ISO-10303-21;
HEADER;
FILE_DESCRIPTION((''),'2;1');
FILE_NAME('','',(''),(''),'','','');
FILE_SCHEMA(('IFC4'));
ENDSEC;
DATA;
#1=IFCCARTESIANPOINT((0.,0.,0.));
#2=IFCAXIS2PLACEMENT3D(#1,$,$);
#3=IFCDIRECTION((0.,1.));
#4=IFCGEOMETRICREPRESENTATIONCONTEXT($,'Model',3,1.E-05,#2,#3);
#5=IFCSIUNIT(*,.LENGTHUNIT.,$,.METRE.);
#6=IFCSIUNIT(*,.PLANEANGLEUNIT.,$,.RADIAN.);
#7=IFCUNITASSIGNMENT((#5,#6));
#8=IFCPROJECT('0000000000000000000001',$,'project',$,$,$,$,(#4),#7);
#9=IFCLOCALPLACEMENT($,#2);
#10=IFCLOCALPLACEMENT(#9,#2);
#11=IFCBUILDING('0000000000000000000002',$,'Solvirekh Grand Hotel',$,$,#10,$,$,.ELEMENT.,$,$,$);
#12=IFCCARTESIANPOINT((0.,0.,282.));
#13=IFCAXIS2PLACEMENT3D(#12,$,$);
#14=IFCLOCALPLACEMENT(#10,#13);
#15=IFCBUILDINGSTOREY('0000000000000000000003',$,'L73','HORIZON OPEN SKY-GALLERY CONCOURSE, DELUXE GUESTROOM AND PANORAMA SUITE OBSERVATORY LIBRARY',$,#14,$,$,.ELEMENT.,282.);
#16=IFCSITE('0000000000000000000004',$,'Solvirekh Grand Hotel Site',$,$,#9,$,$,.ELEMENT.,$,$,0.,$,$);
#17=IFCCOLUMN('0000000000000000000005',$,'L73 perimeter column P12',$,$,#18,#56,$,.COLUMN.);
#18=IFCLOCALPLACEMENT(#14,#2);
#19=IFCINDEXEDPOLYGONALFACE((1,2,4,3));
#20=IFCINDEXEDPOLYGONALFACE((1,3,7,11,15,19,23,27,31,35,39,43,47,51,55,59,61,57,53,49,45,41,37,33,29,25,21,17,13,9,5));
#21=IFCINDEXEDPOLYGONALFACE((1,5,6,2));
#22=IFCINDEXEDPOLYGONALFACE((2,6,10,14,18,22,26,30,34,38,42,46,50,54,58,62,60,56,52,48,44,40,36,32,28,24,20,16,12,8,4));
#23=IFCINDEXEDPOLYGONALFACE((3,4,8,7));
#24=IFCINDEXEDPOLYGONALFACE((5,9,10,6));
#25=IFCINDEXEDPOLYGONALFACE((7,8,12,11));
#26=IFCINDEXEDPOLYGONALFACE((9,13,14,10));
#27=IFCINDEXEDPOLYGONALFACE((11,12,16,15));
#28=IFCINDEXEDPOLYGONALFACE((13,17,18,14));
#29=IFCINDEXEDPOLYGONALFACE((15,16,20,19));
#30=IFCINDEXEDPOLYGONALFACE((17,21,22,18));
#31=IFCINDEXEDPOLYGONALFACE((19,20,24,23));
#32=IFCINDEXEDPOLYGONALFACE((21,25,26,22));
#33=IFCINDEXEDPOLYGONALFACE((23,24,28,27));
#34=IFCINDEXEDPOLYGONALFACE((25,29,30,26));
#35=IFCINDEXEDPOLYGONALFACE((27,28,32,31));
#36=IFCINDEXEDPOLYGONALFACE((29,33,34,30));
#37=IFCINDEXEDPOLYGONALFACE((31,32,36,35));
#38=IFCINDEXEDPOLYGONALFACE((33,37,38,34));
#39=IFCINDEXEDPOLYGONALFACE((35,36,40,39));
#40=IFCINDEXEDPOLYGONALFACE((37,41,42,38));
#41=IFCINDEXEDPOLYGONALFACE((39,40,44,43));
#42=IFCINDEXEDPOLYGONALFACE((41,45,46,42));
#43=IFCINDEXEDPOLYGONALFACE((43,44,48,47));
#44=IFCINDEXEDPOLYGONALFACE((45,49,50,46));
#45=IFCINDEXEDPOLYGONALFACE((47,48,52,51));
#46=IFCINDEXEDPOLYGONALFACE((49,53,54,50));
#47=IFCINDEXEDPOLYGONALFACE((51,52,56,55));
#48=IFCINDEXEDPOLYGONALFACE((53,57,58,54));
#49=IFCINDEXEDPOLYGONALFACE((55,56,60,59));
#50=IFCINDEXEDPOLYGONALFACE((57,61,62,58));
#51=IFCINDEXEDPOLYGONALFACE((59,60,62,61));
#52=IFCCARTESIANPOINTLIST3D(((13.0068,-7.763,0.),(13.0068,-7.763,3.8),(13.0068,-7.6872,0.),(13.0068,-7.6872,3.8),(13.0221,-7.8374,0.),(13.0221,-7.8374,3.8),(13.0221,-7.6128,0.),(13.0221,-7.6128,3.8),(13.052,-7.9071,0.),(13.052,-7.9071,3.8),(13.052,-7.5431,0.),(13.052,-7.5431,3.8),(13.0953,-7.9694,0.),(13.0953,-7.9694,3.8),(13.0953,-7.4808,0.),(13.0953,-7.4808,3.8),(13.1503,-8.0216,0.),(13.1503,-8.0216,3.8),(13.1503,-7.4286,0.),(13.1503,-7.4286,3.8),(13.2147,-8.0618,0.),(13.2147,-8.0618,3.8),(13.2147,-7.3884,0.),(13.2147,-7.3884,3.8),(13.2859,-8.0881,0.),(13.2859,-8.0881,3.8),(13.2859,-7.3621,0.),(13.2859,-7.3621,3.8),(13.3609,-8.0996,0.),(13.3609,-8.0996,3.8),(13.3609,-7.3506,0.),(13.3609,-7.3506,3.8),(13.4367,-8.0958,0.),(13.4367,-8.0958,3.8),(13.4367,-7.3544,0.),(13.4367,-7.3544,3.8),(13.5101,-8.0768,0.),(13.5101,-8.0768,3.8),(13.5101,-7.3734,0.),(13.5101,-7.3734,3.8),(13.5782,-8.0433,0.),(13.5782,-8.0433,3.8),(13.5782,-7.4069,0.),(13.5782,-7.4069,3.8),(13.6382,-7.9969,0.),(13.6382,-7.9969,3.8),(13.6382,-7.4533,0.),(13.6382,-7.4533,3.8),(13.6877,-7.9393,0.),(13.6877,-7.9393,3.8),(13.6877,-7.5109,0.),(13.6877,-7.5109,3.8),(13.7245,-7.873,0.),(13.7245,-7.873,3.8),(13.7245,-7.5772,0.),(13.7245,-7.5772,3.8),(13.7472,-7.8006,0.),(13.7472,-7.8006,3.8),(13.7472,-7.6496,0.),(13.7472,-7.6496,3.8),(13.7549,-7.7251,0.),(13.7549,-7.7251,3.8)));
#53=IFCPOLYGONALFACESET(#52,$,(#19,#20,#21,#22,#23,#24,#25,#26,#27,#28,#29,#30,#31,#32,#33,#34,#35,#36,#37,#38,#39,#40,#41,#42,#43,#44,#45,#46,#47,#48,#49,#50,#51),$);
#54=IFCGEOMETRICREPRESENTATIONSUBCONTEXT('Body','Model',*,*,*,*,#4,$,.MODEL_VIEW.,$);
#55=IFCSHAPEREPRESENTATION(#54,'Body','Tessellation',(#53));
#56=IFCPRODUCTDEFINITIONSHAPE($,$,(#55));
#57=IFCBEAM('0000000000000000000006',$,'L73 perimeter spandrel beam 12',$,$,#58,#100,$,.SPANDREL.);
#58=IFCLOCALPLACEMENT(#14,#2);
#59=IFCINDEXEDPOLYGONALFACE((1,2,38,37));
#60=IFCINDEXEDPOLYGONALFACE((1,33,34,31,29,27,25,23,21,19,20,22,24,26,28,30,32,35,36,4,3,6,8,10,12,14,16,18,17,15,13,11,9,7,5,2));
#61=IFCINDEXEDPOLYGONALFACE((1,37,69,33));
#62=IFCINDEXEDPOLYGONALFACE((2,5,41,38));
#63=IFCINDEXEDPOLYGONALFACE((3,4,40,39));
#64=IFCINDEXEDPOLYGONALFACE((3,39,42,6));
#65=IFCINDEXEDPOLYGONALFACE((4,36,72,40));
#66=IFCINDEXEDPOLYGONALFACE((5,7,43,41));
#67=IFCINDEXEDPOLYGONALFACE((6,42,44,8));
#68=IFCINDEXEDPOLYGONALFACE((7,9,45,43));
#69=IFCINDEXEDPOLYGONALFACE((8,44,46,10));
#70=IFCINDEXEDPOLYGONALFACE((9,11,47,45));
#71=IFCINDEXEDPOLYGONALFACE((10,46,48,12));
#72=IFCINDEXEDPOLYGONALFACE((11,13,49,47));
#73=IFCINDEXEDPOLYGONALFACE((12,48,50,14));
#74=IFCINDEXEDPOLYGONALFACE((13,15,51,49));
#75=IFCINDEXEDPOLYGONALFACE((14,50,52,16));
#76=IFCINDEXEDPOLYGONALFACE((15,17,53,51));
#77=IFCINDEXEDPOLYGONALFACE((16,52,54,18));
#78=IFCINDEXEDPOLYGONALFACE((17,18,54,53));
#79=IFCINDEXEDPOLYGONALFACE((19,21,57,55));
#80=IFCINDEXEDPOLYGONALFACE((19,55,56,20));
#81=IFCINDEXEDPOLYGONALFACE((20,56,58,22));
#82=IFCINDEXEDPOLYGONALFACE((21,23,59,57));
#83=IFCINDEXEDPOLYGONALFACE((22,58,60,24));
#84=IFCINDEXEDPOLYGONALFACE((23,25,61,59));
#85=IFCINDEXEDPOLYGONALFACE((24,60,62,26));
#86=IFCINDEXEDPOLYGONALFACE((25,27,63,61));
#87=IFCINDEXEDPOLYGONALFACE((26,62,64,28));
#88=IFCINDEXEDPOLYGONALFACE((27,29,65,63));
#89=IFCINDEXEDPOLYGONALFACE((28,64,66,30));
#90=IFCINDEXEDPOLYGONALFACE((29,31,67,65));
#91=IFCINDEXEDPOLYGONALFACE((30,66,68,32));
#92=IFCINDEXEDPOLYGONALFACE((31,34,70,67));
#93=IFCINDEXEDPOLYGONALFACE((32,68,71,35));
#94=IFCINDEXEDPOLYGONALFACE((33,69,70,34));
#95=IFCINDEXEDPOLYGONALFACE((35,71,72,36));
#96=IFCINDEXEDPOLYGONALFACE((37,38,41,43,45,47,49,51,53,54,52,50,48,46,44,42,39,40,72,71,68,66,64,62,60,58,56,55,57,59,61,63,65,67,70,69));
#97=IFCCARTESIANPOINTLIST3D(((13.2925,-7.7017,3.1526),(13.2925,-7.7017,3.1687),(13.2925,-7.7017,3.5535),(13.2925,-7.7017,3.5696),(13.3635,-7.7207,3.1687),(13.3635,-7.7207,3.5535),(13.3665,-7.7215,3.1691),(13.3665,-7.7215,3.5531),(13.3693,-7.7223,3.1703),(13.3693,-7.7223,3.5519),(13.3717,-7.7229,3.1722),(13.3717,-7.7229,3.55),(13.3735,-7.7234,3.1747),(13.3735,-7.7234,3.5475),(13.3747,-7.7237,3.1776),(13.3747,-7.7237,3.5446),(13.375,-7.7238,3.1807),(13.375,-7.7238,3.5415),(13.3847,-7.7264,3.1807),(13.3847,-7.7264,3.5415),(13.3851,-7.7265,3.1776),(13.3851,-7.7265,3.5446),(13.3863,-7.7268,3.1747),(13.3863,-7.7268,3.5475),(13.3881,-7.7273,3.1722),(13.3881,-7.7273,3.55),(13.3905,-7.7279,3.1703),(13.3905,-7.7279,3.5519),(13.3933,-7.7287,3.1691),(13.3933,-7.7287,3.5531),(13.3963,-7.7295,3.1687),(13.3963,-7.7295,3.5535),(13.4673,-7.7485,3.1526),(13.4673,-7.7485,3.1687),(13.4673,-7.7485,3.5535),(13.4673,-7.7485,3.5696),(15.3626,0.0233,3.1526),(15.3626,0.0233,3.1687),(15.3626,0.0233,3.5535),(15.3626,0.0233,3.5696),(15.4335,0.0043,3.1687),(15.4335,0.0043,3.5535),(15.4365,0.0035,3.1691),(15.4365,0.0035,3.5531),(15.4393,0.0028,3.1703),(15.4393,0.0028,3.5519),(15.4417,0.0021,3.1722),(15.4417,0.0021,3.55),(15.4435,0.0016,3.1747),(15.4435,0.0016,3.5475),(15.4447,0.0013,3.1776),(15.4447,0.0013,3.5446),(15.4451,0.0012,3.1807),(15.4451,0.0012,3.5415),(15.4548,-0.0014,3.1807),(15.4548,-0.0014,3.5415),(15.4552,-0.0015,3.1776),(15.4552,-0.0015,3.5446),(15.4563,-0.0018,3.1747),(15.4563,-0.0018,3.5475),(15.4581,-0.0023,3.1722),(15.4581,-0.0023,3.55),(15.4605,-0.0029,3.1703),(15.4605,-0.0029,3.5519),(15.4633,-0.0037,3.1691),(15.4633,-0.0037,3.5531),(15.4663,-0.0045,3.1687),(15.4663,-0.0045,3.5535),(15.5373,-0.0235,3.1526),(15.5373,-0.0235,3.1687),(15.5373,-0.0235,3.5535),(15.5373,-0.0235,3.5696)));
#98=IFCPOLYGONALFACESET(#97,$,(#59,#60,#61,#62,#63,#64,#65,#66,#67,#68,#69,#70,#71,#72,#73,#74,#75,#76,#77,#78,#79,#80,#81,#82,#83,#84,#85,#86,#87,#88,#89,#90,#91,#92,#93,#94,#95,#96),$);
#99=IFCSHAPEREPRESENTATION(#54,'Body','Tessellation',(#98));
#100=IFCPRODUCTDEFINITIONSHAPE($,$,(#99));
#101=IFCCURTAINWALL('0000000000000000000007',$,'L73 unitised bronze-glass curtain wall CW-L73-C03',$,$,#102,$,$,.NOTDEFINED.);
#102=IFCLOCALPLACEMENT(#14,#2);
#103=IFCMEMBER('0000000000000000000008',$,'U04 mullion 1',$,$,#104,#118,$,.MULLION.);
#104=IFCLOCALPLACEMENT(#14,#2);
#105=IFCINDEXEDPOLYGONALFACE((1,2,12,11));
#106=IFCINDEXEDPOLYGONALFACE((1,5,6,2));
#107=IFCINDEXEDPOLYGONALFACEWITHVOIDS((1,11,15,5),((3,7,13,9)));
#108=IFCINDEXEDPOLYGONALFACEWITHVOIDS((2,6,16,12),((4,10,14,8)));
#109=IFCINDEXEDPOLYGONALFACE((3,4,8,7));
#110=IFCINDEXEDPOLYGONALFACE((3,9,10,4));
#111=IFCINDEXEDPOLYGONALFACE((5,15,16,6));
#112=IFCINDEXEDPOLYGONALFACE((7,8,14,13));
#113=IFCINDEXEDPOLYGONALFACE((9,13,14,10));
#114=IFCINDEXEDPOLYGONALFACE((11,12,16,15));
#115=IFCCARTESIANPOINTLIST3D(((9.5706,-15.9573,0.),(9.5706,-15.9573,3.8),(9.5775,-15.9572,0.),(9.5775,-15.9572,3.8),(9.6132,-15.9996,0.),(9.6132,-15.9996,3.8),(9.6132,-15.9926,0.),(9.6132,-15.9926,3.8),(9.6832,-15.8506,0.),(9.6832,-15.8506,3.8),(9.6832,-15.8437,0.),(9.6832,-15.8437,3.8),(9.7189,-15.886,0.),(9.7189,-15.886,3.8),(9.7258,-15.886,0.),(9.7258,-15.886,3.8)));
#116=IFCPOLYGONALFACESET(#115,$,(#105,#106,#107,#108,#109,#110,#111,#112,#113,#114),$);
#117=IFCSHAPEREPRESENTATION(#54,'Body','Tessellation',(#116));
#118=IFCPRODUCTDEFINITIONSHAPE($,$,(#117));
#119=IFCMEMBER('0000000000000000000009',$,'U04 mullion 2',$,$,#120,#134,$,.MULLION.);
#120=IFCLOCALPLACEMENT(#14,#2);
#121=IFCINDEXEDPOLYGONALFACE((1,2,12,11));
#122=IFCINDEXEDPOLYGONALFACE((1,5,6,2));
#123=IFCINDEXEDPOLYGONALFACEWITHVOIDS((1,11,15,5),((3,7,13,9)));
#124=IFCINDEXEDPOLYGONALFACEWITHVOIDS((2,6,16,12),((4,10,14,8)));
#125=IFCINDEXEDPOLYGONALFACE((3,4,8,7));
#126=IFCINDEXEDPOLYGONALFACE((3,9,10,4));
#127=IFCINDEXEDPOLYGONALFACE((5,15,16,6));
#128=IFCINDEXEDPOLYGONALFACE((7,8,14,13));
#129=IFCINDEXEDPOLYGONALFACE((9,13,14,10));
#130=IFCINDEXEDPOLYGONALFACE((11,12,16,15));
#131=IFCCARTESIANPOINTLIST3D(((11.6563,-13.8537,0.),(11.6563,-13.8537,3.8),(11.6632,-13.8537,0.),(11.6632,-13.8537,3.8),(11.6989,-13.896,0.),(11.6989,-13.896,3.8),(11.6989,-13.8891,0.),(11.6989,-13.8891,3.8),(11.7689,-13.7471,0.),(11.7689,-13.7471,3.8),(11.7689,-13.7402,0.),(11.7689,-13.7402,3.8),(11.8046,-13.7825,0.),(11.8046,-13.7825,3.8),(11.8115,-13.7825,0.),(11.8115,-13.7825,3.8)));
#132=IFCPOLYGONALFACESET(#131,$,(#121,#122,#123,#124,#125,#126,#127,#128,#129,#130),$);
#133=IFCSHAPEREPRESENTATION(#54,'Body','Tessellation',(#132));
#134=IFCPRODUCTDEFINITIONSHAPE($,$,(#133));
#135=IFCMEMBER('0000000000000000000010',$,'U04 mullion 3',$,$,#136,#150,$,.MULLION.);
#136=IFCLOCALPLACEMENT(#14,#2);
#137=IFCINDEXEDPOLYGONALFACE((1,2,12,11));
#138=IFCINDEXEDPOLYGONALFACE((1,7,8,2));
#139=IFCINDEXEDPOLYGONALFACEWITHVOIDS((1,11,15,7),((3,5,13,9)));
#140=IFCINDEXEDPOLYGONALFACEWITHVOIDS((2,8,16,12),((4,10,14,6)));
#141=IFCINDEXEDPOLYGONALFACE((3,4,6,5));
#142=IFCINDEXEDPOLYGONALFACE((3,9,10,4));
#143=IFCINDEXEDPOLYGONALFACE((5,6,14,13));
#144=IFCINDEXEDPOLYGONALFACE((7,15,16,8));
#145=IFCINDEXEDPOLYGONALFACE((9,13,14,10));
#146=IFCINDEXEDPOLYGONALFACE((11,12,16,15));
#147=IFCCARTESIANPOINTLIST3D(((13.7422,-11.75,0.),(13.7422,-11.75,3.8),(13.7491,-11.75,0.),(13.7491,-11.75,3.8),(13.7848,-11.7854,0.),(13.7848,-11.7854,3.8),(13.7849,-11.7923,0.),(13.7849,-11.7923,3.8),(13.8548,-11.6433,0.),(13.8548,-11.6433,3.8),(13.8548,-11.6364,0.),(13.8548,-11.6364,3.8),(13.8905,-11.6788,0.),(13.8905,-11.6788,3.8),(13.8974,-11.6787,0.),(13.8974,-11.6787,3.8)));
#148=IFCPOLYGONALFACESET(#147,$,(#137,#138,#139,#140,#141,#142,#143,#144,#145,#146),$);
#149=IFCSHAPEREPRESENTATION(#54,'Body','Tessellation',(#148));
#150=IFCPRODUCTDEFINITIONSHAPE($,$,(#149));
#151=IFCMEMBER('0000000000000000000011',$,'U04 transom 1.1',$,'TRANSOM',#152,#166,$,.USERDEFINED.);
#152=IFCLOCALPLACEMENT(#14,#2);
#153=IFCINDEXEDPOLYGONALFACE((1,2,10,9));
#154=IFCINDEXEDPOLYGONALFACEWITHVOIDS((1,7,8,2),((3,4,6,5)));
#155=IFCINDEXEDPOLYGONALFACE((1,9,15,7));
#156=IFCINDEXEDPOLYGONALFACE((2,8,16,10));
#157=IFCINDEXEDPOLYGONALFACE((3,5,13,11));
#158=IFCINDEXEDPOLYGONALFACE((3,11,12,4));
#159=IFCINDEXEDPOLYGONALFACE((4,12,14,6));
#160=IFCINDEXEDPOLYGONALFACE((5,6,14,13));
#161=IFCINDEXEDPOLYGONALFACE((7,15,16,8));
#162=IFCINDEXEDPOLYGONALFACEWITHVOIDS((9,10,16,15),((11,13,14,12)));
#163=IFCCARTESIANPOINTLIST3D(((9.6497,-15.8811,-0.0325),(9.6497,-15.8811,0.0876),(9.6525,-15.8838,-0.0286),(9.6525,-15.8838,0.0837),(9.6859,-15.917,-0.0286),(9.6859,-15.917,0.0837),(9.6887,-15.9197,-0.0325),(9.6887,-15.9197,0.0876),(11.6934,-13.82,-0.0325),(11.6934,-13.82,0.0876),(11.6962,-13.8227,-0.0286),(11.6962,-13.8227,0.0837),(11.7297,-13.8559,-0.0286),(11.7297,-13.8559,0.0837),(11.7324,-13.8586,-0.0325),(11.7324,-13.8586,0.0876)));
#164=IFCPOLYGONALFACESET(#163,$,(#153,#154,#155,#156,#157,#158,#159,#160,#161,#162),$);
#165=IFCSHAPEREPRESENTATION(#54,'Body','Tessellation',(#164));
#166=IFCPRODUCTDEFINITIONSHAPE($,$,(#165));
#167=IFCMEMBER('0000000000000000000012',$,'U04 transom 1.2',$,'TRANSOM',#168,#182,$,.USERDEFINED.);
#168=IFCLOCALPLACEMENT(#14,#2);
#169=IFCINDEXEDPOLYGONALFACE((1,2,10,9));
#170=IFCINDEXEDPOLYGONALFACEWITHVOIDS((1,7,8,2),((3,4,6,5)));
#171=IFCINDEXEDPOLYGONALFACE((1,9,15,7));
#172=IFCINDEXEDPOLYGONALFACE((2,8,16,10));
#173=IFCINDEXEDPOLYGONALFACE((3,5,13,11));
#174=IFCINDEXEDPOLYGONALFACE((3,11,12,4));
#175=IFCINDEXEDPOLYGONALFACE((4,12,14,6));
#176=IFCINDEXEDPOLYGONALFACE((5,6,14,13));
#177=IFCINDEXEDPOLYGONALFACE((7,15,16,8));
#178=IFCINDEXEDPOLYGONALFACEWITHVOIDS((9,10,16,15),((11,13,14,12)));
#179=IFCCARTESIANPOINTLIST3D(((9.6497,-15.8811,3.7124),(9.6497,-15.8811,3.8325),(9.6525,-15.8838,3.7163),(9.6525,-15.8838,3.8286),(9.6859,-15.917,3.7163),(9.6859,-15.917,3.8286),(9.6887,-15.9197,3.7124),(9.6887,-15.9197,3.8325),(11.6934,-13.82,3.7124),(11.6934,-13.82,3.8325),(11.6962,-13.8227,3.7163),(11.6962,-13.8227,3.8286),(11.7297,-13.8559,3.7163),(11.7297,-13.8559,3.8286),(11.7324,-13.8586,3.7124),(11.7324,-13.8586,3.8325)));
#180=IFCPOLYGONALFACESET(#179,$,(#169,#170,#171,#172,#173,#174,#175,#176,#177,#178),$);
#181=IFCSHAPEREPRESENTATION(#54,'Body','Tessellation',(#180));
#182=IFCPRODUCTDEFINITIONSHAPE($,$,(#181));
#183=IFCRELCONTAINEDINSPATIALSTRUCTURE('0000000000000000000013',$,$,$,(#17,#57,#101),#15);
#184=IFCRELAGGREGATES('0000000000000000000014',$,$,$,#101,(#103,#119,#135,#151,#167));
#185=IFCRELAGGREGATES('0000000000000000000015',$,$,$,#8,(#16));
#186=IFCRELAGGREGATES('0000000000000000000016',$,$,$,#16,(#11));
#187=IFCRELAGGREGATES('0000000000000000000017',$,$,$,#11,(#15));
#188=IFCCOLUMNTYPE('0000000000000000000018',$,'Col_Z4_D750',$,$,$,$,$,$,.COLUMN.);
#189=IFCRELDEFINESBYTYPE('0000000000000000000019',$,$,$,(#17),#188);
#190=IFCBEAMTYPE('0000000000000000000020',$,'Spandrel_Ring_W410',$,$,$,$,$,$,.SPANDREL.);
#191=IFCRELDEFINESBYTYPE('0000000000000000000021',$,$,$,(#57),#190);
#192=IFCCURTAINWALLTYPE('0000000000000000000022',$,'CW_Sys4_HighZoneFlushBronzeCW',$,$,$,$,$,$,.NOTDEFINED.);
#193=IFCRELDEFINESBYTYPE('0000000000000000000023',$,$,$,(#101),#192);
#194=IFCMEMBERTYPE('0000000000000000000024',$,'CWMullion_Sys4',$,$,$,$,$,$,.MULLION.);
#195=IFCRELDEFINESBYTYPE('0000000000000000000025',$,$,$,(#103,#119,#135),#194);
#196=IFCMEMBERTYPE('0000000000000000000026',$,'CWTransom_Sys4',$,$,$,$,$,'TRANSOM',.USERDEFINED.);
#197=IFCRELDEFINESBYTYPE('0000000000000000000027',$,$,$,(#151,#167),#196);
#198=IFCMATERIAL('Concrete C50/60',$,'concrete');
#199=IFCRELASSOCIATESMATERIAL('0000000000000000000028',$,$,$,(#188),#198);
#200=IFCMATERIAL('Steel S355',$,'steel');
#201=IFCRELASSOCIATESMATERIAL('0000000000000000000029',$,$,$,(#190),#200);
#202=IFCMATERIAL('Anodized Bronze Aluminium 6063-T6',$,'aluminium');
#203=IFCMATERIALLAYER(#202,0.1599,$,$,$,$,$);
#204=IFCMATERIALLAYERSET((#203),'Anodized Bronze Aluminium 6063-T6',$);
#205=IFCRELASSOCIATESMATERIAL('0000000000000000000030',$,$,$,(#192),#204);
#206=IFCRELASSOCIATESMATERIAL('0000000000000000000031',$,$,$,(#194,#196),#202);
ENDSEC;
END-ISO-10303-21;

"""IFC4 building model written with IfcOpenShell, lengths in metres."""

from ifc_helpers import new_model, si_unit, direction, frame, origin, origin_2d, place, context, subcontext, project, spatial, hollow_rectangle, circle, i_section, extrude, source, transform, mapped, material, layer, layer_set, material_profile, profile_set, type_object, element, aggregate, save


model = new_model("IFC4")

# Units and contexts
model_context = context("Model", 3, precision=1e-05, world=origin(), true_north=direction((0.0, 1.0)))
body_context = subcontext(model_context, "Body", "Model", "MODEL_VIEW")
ifc_project = project(units=[si_unit("LENGTHUNIT", "METRE"), si_unit("PLANEANGLEUNIT", "RADIAN")], contexts=[model_context])

# Site, building, storey
site_placement = place(None, origin())
site = spatial("IfcSite", under=ifc_project, at=site_placement, Name="Solvirekh Grand Hotel Site", CompositionType="ELEMENT", RefElevation=0.0)
building_placement = place(site_placement, origin())
building = spatial("IfcBuilding", under=site, at=building_placement, Name="Solvirekh Grand Hotel", CompositionType="ELEMENT")
storey_placement = place(building_placement, frame((0.0, 0.0, 282.0)))
storey = spatial("IfcBuildingStorey", under=building, at=storey_placement, Name="L73", Description="HORIZON OPEN SKY-GALLERY CONCOURSE, DELUXE GUESTROOM AND PANORAMA SUITE OBSERVATORY LIBRARY", CompositionType="ELEMENT", Elevation=282.0)

# Column
ifc_material_1 = material(Name="Concrete C50/60", Category="concrete")
ifc_material_profile_1 = material_profile(ifc_material_1, circle(Radius=0.375, at=origin_2d()), Name="RC CIRC D750")
ifc_profile_set_1 = profile_set([ifc_material_profile_1], Name="Concrete C50/60")
column_type = type_object("IfcColumnType", Name="Col_Z4_D750", PredefinedType="COLUMN", material=ifc_profile_set_1)
column_placement = place(storey_placement, frame((13.3799, -7.7251, 0.0), z_axis=(0.0, 0.0, 1.0), x_axis=(1.0, 0.0, 0.0)))
element("IfcColumn", 1, at=column_placement, inside=storey, type_object=column_type, Name="L73 perimeter column P12", PredefinedType="COLUMN", context=body_context, shape_type="SweptSolid", body=[
    extrude(circle(Radius=0.375, at=origin_2d()), origin(), (0.0, 0.0, 1.0), 3.8),
])

# Beam
ifc_material_2 = material(Name="Steel S355", Category="steel")
ifc_material_profile_2 = material_profile(ifc_material_2, i_section(OverallWidth=0.1809, OverallDepth=0.417, WebThickness=0.01, FlangeThickness=0.0161, FilletRadius=0.012, at=origin_2d()), Name="W410X85")
ifc_profile_set_2 = profile_set([ifc_material_profile_2], Name="Steel S355")
beam_type = type_object("IfcBeamType", Name="Spandrel_Ring_W410", PredefinedType="SPANDREL", material=ifc_profile_set_2)
beam_placement = place(storey_placement, frame((13.3799, -7.7251, 3.3611), z_axis=(0.258835, 0.965922, 0.0), x_axis=(-0.965922, 0.258835, 0.0)))
element("IfcBeam", 2, at=beam_placement, inside=storey, type_object=beam_type, Name="L73 perimeter spandrel beam 12", PredefinedType="SPANDREL", context=body_context, shape_type="SweptSolid", body=[
    extrude(i_section(OverallWidth=0.1809, OverallDepth=0.417, WebThickness=0.01, FlangeThickness=0.0161, FilletRadius=0.012, at=origin_2d()), origin(), (0.0, 0.0, 1.0), 7.9976),
])

# Curtain wall, members
ifc_material_3 = material(Name="Anodized Bronze Aluminium 6063-T6", Category="aluminium")
ifc_layer_1 = layer(ifc_material_3, 0.1599)
ifc_layer_set_1 = layer_set([ifc_layer_1], Name="Anodized Bronze Aluminium 6063-T6")
curtain_wall_type = type_object("IfcCurtainWallType", Name="CW_Sys4_HighZoneFlushBronzeCW", PredefinedType="NOTDEFINED", material=ifc_layer_set_1)
curtain_wall_placement = place(storey_placement, origin())
curtain_wall = element("IfcCurtainWall", 3, at=curtain_wall_placement, inside=storey, type_object=curtain_wall_type, Name="L73 unitised bronze-glass curtain wall CW-L73-C03", PredefinedType="NOTDEFINED")
ifc_material_profile_3 = material_profile(ifc_material_3, hollow_rectangle(XDim=0.0601, YDim=0.1599, WallThickness=0.0049, at=origin_2d()), Name="ALU RHS 160X60X5")
ifc_profile_set_3 = profile_set([ifc_material_profile_3], Name="Anodized Bronze Aluminium 6063-T6")
member_type_1 = type_object("IfcMemberType", Name="CWMullion_Sys4", PredefinedType="MULLION", material=ifc_profile_set_3)
shared_shape_1 = source(origin(), body_context, "Body", "SweptSolid", [
    extrude(hollow_rectangle(XDim=0.0601, YDim=0.1599, WallThickness=0.0049, at=origin_2d()), origin(), (0.0, 0.0, 1.0), 3.8),
])
member_1_placement = place(storey_placement, frame((9.6482, -15.9216, 0.0), z_axis=(0.0, 0.0, 1.0), x_axis=(-0.710108, 0.704093, 0.0)))
member_1 = element("IfcMember", 4, at=member_1_placement, type_object=member_type_1, Name="U04 mullion 1", PredefinedType="MULLION", context=body_context, shape_type="MappedRepresentation", body=[
    mapped(shared_shape_1, transform((0.0, 0.0, 0.0), x_axis=(1.0, 0.0, 0.0), y_axis=(0.0, 1.0, 0.0), z_axis=(0.0, 0.0, 1.0), scale=1.0)),
])
member_2_placement = place(storey_placement, frame((11.7339, -13.8181, 0.0), z_axis=(0.0, 0.0, 1.0), x_axis=(-0.710108, 0.704093, 0.0)))
member_2 = element("IfcMember", 5, at=member_2_placement, type_object=member_type_1, Name="U04 mullion 2", PredefinedType="MULLION", context=body_context, shape_type="MappedRepresentation", body=[
    mapped(shared_shape_1, transform((0.0, 0.0, 0.0), x_axis=(1.0, 0.0, 0.0), y_axis=(0.0, 1.0, 0.0), z_axis=(0.0, 0.0, 1.0), scale=1.0)),
])
member_3_placement = place(storey_placement, frame((13.8198, -11.7144, 0.0), z_axis=(0.0, 0.0, 1.0), x_axis=(-0.710108, 0.704093, 0.0)))
member_3 = element("IfcMember", 6, at=member_3_placement, type_object=member_type_1, Name="U04 mullion 3", PredefinedType="MULLION", context=body_context, shape_type="MappedRepresentation", body=[
    mapped(shared_shape_1, transform((0.0, 0.0, 0.0), x_axis=(1.0, 0.0, 0.0), y_axis=(0.0, 1.0, 0.0), z_axis=(0.0, 0.0, 1.0), scale=1.0)),
])
ifc_material_profile_4 = material_profile(ifc_material_3, hollow_rectangle(XDim=0.0549, YDim=0.1201, WallThickness=0.0039, at=origin_2d()), Name="ALU RHS 120X55X4")
ifc_profile_set_4 = profile_set([ifc_material_profile_4], Name="Anodized Bronze Aluminium 6063-T6")
member_type_2 = type_object("IfcMemberType", Name="CWTransom_Sys4", ElementType="TRANSOM", PredefinedType="USERDEFINED", material=ifc_profile_set_4)
shared_shape_2 = source(origin(), body_context, "Body", "SweptSolid", [
    extrude(hollow_rectangle(XDim=0.0549, YDim=0.1201, WallThickness=0.0039, at=origin_2d()), origin(), (0.0, 0.0, 1.0), 2.9026),
])
member_4_placement = place(storey_placement, frame((9.6692, -15.9004, 0.0276), z_axis=(0.704114, 0.710087, 0.0), x_axis=(-0.710087, 0.704114, 0.0)))
member_4 = element("IfcMember", 7, at=member_4_placement, type_object=member_type_2, Name="U04 transom 1.1", ObjectType="TRANSOM", PredefinedType="USERDEFINED", context=body_context, shape_type="MappedRepresentation", body=[
    mapped(shared_shape_2, transform((0.0, 0.0, 0.0), x_axis=(1.0, 0.0, 0.0), y_axis=(0.0, 1.0, 0.0), z_axis=(0.0, 0.0, 1.0), scale=1.0)),
])
member_5_placement = place(storey_placement, frame((9.6692, -15.9004, 3.7725), z_axis=(0.704114, 0.710087, 0.0), x_axis=(-0.710087, 0.704114, 0.0)))
member_5 = element("IfcMember", 8, at=member_5_placement, type_object=member_type_2, Name="U04 transom 1.2", ObjectType="TRANSOM", PredefinedType="USERDEFINED", context=body_context, shape_type="MappedRepresentation", body=[
    mapped(shared_shape_2, transform((0.0, 0.0, 0.0), x_axis=(1.0, 0.0, 0.0), y_axis=(0.0, 1.0, 0.0), z_axis=(0.0, 0.0, 1.0), scale=1.0)),
])
aggregate(curtain_wall, [member_1, member_2, member_3, member_4, member_5])

save(model, "model.ifc")
